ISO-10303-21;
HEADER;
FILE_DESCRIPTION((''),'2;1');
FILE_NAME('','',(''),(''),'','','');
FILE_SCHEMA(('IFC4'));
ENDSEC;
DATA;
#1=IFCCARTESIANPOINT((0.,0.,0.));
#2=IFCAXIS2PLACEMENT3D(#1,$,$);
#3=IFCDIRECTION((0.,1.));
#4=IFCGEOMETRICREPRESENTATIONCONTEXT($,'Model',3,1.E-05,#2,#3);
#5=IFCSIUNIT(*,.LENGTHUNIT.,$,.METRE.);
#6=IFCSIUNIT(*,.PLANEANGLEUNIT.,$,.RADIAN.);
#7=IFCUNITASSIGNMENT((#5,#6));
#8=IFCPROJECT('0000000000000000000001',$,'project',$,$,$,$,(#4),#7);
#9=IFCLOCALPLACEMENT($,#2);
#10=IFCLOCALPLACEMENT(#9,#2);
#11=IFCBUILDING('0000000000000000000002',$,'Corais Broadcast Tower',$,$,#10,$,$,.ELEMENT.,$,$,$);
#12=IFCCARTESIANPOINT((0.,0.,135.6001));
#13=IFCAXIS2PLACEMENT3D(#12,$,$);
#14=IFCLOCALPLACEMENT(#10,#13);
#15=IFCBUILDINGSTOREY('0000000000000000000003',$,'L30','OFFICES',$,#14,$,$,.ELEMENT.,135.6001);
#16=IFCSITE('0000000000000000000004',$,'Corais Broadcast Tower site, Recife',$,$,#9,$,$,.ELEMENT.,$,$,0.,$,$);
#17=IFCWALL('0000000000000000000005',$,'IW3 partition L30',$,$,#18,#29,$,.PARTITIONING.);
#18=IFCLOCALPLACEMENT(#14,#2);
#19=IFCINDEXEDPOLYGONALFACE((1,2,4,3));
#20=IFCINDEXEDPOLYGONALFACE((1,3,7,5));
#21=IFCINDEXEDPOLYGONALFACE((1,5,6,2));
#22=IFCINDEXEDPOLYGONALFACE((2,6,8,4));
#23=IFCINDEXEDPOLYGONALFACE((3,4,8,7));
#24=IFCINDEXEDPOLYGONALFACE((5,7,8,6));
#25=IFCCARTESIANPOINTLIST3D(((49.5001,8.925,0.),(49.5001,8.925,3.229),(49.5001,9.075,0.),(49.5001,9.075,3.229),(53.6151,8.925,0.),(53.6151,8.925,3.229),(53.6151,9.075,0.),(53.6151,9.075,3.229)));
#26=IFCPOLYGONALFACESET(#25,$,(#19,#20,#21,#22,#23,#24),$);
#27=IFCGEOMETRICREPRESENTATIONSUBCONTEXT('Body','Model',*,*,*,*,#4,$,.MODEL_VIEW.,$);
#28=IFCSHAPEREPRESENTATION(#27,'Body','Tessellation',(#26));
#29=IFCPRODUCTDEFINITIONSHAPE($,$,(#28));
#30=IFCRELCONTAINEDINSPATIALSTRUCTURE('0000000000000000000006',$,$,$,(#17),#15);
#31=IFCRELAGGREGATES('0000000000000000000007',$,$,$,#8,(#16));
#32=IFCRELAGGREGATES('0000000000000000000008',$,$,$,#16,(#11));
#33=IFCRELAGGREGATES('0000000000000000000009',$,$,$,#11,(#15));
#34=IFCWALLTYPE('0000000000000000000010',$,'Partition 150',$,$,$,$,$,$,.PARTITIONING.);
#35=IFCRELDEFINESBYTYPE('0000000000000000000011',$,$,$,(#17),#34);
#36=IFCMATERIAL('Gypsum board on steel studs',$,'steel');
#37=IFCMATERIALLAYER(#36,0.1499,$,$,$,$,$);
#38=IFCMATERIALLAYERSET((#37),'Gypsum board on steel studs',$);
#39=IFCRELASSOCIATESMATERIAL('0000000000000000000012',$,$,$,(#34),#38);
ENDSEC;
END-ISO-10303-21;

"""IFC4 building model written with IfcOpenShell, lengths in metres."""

from ifc_helpers import new_model, si_unit, direction, frame, frame_2d, origin, place, context, subcontext, project, spatial, rectangle, extrude, material, layer, layer_set, type_object, element, save


model = new_model("IFC4")

# Units and contexts
model_context = context("Model", 3, precision=1e-05, world=origin(), true_north=direction((0.0, 1.0)))
body_context = subcontext(model_context, "Body", "Model", "MODEL_VIEW")
ifc_project = project(units=[si_unit("LENGTHUNIT", "METRE"), si_unit("PLANEANGLEUNIT", "RADIAN")], contexts=[model_context])

# Site, building, storey
site_placement = place(None, origin())
site = spatial("IfcSite", under=ifc_project, at=site_placement, Name="Corais Broadcast Tower site, Recife", CompositionType="ELEMENT", RefElevation=0.0)
building_placement = place(site_placement, origin())
building = spatial("IfcBuilding", under=site, at=building_placement, Name="Corais Broadcast Tower", CompositionType="ELEMENT")
storey_placement = place(building_placement, frame((0.0, 0.0, 135.6001)))
storey = spatial("IfcBuildingStorey", under=building, at=storey_placement, Name="L30", Description="OFFICES", CompositionType="ELEMENT", Elevation=135.6001)

# Wall
ifc_material_1 = material(Name="Gypsum board on steel studs", Category="steel")
ifc_layer_1 = layer(ifc_material_1, 0.1499)
ifc_layer_set_1 = layer_set([ifc_layer_1], Name="Gypsum board on steel studs")
wall_type = type_object("IfcWallType", Name="Partition 150", PredefinedType="PARTITIONING", material=ifc_layer_set_1)
wall_placement = place(storey_placement, frame((49.5, 9.0, 0.0), z_axis=(0.0, 0.0, 1.0), x_axis=(1.0, 0.0, 0.0)))
element("IfcWall", 1, at=wall_placement, inside=storey, type_object=wall_type, Name="IW3 partition L30", PredefinedType="PARTITIONING", context=body_context, shape_type="SweptSolid", body=[
    extrude(rectangle(XDim=4.115, YDim=0.1499, at=frame_2d((2.0576, 0.0))), origin(), (0.0, 0.0, 1.0), 3.229),
])

save(model, "model.ifc")
